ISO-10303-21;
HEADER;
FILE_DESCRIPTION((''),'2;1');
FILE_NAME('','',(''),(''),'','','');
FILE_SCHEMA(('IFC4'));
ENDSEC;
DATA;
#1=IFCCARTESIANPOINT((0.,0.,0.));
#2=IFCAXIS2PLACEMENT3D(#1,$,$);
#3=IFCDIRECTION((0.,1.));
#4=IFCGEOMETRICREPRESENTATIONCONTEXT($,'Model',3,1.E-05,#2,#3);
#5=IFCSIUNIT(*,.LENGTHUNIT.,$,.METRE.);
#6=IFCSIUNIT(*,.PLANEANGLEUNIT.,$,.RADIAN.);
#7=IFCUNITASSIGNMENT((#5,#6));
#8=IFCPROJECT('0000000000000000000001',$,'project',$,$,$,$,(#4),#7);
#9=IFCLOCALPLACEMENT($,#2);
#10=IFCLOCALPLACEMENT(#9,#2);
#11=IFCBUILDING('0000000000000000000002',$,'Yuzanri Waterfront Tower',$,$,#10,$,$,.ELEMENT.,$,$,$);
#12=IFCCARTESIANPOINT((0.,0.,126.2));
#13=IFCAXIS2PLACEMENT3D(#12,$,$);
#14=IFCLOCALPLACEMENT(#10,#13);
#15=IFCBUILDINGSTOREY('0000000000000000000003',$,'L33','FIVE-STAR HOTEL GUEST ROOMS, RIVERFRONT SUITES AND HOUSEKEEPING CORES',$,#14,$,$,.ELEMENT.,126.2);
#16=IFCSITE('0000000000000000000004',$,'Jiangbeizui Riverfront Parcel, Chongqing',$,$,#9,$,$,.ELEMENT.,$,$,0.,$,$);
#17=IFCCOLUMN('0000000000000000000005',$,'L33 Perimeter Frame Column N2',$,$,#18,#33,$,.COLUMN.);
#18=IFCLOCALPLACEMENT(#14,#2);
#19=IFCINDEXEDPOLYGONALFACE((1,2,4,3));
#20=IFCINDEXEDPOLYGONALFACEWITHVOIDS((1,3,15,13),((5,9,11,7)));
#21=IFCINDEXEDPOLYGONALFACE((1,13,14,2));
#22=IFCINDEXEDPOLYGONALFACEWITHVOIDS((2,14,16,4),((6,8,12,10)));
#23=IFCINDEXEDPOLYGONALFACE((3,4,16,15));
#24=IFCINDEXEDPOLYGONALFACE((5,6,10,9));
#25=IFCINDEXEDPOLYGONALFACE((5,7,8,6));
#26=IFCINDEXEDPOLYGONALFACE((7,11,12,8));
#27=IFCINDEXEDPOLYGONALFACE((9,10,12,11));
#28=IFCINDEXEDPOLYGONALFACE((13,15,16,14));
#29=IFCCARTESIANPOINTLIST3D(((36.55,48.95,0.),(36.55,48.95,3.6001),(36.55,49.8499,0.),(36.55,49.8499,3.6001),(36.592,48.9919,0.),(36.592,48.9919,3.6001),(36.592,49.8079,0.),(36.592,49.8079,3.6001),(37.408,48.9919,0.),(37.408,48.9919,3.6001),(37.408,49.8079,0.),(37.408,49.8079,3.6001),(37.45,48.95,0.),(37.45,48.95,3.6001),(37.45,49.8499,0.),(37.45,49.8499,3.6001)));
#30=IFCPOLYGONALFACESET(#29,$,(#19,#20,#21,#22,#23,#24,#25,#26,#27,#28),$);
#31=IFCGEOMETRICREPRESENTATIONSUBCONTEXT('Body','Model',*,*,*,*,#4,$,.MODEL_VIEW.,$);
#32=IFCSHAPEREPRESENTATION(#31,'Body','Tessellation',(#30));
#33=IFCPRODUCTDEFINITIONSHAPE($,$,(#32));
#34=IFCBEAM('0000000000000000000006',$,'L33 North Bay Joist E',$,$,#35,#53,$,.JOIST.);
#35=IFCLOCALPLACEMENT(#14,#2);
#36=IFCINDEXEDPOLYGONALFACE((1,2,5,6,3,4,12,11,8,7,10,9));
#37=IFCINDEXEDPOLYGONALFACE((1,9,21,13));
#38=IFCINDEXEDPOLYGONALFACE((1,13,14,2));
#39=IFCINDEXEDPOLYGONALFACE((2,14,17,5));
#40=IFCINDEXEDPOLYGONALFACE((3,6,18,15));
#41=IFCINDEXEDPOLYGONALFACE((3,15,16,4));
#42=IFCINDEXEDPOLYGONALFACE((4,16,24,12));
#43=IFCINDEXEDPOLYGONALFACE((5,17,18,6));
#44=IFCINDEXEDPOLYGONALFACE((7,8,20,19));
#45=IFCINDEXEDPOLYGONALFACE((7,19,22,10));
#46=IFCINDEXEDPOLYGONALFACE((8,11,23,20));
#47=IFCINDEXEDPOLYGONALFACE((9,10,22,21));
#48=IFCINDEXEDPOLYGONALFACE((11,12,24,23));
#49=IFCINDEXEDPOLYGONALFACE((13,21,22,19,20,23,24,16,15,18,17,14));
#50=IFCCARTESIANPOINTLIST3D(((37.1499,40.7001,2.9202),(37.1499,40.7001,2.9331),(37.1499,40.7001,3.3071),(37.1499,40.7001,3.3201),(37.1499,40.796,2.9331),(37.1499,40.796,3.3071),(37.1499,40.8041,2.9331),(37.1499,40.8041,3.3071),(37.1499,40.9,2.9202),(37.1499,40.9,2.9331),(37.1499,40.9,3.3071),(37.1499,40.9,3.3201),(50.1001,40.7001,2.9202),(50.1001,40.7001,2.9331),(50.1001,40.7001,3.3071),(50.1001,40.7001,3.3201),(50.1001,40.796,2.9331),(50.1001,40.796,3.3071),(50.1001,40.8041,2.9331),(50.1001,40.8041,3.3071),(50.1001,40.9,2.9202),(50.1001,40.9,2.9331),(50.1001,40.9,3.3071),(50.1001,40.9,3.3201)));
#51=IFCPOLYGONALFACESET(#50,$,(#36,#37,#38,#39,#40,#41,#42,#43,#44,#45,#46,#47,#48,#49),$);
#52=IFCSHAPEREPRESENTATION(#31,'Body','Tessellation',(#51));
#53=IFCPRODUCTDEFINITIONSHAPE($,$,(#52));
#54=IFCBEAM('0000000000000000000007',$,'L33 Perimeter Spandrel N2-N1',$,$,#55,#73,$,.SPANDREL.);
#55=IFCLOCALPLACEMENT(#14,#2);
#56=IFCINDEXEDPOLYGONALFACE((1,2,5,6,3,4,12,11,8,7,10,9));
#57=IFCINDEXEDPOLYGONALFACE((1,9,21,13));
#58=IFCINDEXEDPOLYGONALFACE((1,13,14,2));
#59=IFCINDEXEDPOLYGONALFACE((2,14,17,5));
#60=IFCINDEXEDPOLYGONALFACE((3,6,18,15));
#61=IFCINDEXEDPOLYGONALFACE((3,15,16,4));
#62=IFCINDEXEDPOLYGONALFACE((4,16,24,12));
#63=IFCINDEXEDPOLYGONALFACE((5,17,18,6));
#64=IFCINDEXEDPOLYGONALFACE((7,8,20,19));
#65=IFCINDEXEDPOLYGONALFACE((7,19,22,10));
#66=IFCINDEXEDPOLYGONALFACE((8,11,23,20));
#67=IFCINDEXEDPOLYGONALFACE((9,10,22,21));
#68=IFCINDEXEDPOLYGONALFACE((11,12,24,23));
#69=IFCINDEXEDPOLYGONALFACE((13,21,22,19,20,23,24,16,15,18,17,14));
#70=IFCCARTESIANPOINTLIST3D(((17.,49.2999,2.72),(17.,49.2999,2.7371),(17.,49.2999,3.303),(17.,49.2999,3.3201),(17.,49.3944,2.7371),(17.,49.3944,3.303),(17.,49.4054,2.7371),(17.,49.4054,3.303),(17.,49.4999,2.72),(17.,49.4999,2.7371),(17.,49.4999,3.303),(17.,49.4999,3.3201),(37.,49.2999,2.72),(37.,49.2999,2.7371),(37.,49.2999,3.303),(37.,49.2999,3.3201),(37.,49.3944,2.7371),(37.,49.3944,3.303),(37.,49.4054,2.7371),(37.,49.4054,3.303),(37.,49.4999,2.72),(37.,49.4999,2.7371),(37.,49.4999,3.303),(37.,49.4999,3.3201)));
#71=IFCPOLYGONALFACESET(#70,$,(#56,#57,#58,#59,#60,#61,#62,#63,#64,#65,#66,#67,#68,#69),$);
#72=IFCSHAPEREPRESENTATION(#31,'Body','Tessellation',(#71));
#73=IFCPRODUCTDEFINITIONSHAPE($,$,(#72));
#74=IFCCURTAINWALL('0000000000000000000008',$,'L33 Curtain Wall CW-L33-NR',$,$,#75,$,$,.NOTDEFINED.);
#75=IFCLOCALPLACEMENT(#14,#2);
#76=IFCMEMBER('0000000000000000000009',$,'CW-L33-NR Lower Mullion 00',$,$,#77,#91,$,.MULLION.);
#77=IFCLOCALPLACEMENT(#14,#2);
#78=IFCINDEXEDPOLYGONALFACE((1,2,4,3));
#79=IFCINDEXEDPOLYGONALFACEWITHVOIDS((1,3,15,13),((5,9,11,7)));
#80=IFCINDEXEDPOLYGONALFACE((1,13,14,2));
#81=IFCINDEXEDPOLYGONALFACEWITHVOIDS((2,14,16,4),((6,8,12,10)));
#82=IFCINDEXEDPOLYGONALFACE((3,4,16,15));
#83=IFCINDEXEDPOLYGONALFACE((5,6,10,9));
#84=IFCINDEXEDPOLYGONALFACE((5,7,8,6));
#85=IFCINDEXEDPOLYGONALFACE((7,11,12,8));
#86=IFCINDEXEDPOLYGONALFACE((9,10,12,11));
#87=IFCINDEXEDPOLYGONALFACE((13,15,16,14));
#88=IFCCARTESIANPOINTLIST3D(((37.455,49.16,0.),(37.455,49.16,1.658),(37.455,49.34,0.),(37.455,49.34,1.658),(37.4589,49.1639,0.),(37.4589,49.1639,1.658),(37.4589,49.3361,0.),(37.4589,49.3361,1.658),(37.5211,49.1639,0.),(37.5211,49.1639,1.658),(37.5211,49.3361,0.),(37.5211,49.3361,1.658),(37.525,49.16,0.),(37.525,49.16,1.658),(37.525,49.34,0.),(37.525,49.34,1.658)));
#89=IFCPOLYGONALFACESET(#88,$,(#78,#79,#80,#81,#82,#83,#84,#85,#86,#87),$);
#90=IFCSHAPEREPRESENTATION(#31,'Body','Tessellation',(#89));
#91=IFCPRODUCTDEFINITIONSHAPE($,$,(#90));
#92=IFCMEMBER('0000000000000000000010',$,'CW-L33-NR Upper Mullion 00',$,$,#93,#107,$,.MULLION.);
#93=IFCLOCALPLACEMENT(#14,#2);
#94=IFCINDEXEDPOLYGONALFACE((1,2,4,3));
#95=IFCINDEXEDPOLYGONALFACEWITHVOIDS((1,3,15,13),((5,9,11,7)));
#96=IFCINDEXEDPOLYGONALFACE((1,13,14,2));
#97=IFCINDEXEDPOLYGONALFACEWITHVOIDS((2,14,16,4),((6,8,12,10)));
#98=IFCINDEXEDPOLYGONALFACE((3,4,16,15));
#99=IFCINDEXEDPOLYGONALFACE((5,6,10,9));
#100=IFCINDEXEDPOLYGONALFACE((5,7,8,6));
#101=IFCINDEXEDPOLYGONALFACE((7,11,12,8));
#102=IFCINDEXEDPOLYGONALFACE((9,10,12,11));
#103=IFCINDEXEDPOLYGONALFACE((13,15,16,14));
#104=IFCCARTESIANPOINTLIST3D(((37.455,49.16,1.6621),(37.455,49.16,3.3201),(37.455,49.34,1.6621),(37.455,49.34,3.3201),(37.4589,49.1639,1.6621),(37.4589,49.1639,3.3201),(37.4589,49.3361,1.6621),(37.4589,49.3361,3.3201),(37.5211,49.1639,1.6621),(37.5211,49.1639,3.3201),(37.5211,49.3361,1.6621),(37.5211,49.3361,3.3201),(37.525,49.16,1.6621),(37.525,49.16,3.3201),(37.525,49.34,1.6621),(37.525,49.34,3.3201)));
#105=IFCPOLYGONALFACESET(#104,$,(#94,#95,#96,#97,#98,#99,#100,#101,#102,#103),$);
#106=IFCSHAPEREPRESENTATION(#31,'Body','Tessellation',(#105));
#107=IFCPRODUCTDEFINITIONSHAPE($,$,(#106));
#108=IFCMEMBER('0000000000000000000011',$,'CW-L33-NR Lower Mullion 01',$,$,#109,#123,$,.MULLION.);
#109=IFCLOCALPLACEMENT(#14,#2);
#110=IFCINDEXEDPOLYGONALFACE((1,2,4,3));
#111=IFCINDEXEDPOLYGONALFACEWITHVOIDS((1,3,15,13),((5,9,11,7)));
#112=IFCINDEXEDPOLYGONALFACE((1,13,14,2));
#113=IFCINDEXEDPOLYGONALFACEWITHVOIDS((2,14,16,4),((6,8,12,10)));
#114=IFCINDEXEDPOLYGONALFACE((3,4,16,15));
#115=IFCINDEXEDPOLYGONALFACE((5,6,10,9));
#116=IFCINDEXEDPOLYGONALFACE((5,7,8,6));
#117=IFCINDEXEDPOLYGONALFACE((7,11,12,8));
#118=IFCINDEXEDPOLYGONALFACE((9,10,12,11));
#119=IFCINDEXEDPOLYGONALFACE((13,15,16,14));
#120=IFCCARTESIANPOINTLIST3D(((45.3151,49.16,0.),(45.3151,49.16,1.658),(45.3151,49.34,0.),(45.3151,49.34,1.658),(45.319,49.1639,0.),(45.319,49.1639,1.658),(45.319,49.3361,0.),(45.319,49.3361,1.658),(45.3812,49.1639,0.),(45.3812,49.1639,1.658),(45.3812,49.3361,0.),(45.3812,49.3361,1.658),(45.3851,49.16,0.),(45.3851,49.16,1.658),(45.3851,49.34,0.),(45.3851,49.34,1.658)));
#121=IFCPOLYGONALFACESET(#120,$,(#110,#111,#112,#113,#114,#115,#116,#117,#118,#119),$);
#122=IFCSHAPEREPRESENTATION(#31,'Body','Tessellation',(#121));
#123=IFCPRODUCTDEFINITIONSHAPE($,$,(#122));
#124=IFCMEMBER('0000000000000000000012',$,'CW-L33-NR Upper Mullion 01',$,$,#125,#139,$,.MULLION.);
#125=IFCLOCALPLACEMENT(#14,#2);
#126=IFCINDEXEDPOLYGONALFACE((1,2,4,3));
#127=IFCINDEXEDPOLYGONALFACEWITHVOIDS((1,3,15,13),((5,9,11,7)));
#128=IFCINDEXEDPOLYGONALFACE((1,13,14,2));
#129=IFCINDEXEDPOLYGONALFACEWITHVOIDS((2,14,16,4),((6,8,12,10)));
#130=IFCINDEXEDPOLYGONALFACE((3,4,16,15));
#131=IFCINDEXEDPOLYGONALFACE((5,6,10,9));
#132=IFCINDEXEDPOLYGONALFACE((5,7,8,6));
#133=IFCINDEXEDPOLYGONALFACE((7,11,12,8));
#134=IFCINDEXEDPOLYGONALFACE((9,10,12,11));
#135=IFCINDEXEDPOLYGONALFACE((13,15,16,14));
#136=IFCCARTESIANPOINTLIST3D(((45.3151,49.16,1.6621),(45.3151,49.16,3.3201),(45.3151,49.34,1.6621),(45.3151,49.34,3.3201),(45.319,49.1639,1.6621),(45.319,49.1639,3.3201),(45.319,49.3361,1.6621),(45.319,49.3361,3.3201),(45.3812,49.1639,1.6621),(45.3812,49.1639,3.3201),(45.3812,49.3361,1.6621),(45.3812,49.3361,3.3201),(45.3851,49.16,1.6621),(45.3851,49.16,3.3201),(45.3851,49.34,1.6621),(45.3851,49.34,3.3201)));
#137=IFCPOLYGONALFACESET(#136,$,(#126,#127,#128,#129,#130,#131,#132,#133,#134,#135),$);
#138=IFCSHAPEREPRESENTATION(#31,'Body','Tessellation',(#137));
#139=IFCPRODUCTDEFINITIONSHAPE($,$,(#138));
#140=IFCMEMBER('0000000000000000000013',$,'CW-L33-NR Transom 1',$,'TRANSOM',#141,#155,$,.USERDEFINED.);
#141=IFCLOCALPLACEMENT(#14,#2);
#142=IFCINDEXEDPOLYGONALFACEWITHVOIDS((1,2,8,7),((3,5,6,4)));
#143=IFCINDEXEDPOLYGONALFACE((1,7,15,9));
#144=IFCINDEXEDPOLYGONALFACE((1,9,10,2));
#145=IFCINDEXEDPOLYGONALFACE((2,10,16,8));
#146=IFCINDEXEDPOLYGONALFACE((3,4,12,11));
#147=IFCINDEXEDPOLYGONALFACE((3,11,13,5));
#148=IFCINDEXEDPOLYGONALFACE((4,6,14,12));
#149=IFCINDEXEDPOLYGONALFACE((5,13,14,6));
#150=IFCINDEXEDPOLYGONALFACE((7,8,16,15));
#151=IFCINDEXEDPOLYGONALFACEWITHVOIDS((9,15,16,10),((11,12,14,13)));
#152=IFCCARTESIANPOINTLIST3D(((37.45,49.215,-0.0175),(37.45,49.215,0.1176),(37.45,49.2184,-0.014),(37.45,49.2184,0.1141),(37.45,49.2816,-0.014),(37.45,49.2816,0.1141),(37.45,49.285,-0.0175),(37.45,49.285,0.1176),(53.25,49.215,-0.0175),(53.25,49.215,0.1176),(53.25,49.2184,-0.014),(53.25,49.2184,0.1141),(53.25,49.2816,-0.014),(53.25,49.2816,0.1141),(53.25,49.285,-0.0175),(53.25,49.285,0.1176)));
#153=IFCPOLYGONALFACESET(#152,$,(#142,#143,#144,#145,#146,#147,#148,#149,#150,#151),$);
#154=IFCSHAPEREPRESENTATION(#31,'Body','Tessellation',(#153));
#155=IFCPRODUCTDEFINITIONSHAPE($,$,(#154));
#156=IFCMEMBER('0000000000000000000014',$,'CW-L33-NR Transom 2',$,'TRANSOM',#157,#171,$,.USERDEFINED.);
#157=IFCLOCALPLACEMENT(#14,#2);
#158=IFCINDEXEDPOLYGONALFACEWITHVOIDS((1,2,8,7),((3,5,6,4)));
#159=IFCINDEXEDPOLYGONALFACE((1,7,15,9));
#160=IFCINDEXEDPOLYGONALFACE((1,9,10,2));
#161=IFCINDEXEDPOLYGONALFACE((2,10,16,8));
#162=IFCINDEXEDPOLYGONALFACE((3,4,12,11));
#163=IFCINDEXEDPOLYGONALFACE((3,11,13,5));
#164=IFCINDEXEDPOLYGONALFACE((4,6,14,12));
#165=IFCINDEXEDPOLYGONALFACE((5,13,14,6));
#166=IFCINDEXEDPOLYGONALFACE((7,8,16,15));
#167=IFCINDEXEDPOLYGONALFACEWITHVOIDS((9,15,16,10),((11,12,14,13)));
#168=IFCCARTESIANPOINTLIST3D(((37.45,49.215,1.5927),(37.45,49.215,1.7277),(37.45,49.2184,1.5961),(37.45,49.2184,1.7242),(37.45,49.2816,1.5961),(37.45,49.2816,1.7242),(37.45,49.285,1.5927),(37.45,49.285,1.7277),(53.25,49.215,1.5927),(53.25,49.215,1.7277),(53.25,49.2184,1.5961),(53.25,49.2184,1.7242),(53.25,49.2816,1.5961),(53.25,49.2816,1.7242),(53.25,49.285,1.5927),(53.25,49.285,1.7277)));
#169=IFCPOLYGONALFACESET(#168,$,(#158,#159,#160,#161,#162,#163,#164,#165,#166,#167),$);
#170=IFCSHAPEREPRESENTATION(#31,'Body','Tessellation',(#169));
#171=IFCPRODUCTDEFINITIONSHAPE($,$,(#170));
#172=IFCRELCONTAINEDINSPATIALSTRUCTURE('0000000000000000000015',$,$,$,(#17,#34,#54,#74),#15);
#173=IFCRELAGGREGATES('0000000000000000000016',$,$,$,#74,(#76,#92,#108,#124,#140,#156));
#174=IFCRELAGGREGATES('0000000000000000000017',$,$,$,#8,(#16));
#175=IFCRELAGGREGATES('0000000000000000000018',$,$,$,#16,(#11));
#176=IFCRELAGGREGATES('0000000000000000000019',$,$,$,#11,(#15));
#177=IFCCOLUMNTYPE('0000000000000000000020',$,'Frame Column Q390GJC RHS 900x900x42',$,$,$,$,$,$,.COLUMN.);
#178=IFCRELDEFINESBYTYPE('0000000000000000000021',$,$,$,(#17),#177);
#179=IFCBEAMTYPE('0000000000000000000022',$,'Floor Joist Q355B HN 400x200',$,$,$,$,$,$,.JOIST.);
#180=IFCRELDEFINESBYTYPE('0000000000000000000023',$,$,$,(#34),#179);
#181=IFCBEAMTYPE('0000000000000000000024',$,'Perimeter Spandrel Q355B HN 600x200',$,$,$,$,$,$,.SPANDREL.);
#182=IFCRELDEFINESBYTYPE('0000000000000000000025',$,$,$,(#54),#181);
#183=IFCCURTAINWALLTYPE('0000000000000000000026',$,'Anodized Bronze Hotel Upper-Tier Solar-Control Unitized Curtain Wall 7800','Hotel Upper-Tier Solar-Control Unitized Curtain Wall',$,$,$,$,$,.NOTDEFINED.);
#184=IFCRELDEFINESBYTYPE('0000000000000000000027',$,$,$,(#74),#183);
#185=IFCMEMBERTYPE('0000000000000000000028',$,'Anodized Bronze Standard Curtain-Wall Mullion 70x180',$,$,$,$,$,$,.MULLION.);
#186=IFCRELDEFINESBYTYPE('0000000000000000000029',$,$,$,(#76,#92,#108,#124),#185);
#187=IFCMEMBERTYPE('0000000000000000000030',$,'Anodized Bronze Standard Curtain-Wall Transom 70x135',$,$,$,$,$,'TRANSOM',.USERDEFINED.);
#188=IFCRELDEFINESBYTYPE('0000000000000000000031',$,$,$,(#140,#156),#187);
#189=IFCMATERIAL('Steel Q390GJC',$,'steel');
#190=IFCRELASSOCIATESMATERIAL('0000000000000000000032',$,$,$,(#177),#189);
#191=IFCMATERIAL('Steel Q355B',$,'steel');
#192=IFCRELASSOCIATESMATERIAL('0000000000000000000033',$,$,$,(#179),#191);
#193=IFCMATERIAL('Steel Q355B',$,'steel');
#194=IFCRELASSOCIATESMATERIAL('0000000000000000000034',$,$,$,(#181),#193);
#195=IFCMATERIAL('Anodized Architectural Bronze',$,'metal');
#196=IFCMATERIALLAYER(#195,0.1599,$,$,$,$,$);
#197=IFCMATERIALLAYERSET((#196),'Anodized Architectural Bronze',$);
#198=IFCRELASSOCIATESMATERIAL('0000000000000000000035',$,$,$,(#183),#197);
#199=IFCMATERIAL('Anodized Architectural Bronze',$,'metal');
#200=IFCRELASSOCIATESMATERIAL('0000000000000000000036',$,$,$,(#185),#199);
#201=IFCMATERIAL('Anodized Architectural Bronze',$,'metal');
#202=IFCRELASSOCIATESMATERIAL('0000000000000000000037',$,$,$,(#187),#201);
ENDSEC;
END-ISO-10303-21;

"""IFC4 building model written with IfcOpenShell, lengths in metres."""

from ifc_helpers import new_model, si_unit, direction, frame, origin, origin_2d, place, context, subcontext, project, spatial, hollow_rectangle, i_section, extrude, source, transform, mapped, material, layer, layer_set, material_profile, profile_set, type_object, element, aggregate, save


model = new_model("IFC4")

# Units and contexts
model_context = context("Model", 3, precision=1e-05, world=origin(), true_north=direction((0.0, 1.0)))
body_context = subcontext(model_context, "Body", "Model", "MODEL_VIEW")
ifc_project = project(units=[si_unit("LENGTHUNIT", "METRE"), si_unit("PLANEANGLEUNIT", "RADIAN")], contexts=[model_context])

# Site, building, storey
site_placement = place(None, origin())
site = spatial("IfcSite", under=ifc_project, at=site_placement, Name="Jiangbeizui Riverfront Parcel, Chongqing", CompositionType="ELEMENT", RefElevation=0.0)
building_placement = place(site_placement, origin())
building = spatial("IfcBuilding", under=site, at=building_placement, Name="Yuzanri Waterfront Tower", CompositionType="ELEMENT")
storey_placement = place(building_placement, frame((0.0, 0.0, 126.2)))
storey = spatial("IfcBuildingStorey", under=building, at=storey_placement, Name="L33", Description="FIVE-STAR HOTEL GUEST ROOMS, RIVERFRONT SUITES AND HOUSEKEEPING CORES", CompositionType="ELEMENT", Elevation=126.2)

# Column
ifc_material_1 = material(Name="Steel Q390GJC", Category="steel")
ifc_material_profile_1 = material_profile(ifc_material_1, hollow_rectangle(XDim=0.8999, YDim=0.8999, WallThickness=0.042, at=origin_2d()), Name="RHS 900x900x42")
ifc_profile_set_1 = profile_set([ifc_material_profile_1], Name="Steel Q390GJC")
column_type = type_object("IfcColumnType", Name="Frame Column Q390GJC RHS 900x900x42", PredefinedType="COLUMN", material=ifc_profile_set_1)
shared_shape_1 = source(origin(), body_context, "Body", "SweptSolid", [
    extrude(hollow_rectangle(XDim=0.8999, YDim=0.8999, WallThickness=0.042, at=origin_2d()), origin(), (0.0, 0.0, 1.0), 3.6001),
])
column_placement = place(storey_placement, frame((37.0, 49.3999, 0.0), z_axis=(0.0, 0.0, 1.0), x_axis=(1.0, 0.0, 0.0)))
element("IfcColumn", 1, at=column_placement, inside=storey, type_object=column_type, Name="L33 Perimeter Frame Column N2", PredefinedType="COLUMN", context=body_context, shape_type="MappedRepresentation", body=[
    mapped(shared_shape_1, transform((0.0, 0.0, 0.0), scale=1.0)),
])

# Beams
ifc_material_2 = material(Name="Steel Q355B", Category="steel")
ifc_material_profile_2 = material_profile(ifc_material_2, i_section(OverallWidth=0.2, OverallDepth=0.3999, WebThickness=0.0081, FlangeThickness=0.0129, at=origin_2d()), Name="HN 400x200x8x13")
ifc_profile_set_2 = profile_set([ifc_material_profile_2], Name="Steel Q355B")
beam_type_1 = type_object("IfcBeamType", Name="Floor Joist Q355B HN 400x200", PredefinedType="JOIST", material=ifc_profile_set_2)
shared_shape_2 = source(origin(), body_context, "Body", "SweptSolid", [
    extrude(i_section(OverallWidth=0.2, OverallDepth=0.3999, WebThickness=0.0081, FlangeThickness=0.0129, at=origin_2d()), origin(), (0.0, 0.0, 1.0), 12.9502),
])
beam_1_placement = place(storey_placement, frame((37.1499, 40.8, 3.1201), z_axis=(1.0, 0.0, 0.0), x_axis=(0.0, 1.0, 0.0)))
element("IfcBeam", 2, at=beam_1_placement, inside=storey, type_object=beam_type_1, Name="L33 North Bay Joist E", PredefinedType="JOIST", context=body_context, shape_type="MappedRepresentation", body=[
    mapped(shared_shape_2, transform((0.0, 0.0, 0.0), scale=1.0)),
])
ifc_material_3 = material(Name="Steel Q355B", Category="steel")
ifc_material_profile_3 = material_profile(ifc_material_3, i_section(OverallWidth=0.2, OverallDepth=0.6001, WebThickness=0.011, FlangeThickness=0.0171, at=origin_2d()), Name="HN 600x200x11x17")
ifc_profile_set_3 = profile_set([ifc_material_profile_3], Name="Steel Q355B")
beam_type_2 = type_object("IfcBeamType", Name="Perimeter Spandrel Q355B HN 600x200", PredefinedType="SPANDREL", material=ifc_profile_set_3)
shared_shape_3 = source(origin(), body_context, "Body", "SweptSolid", [
    extrude(i_section(OverallWidth=0.2, OverallDepth=0.6001, WebThickness=0.011, FlangeThickness=0.0171, at=origin_2d()), origin(), (0.0, 0.0, 1.0), 20.0),
])
beam_2_placement = place(storey_placement, frame((37.0, 49.3999, 3.02), z_axis=(-1.0, 0.0, 0.0), x_axis=(0.0, -1.0, 0.0)))
element("IfcBeam", 3, at=beam_2_placement, inside=storey, type_object=beam_type_2, Name="L33 Perimeter Spandrel N2-N1", PredefinedType="SPANDREL", context=body_context, shape_type="MappedRepresentation", body=[
    mapped(shared_shape_3, transform((0.0, 0.0, 0.0), scale=1.0)),
])

# Curtain wall, members
ifc_material_4 = material(Name="Anodized Architectural Bronze", Category="metal")
ifc_layer_1 = layer(ifc_material_4, 0.1599)
ifc_layer_set_1 = layer_set([ifc_layer_1], Name="Anodized Architectural Bronze")
curtain_wall_type = type_object("IfcCurtainWallType", Name="Anodized Bronze Hotel Upper-Tier Solar-Control Unitized Curtain Wall 7800", Description="Hotel Upper-Tier Solar-Control Unitized Curtain Wall", PredefinedType="NOTDEFINED", material=ifc_layer_set_1)
curtain_wall_placement = place(storey_placement, origin())
curtain_wall = element("IfcCurtainWall", 4, at=curtain_wall_placement, inside=storey, type_object=curtain_wall_type, Name="L33 Curtain Wall CW-L33-NR", PredefinedType="NOTDEFINED")
ifc_material_5 = material(Name="Anodized Architectural Bronze", Category="metal")
ifc_material_profile_4 = material_profile(ifc_material_5, hollow_rectangle(XDim=0.0701, YDim=0.1799, WallThickness=0.0039, at=origin_2d()), Name="CWM 70x180")
ifc_profile_set_4 = profile_set([ifc_material_profile_4], Name="Anodized Architectural Bronze")
member_type_1 = type_object("IfcMemberType", Name="Anodized Bronze Standard Curtain-Wall Mullion 70x180", PredefinedType="MULLION", material=ifc_profile_set_4)
shared_shape_4 = source(origin(), body_context, "Body", "SweptSolid", [
    extrude(hollow_rectangle(XDim=0.0701, YDim=0.1799, WallThickness=0.0039, at=origin_2d()), origin(), (0.0, 0.0, 1.0), 1.658),
])
member_1_placement = place(storey_placement, frame((37.49, 49.25, 0.0), z_axis=(0.0, 0.0, 1.0), x_axis=(1.0, 0.0, 0.0)))
member_1 = element("IfcMember", 5, at=member_1_placement, type_object=member_type_1, Name="CW-L33-NR Lower Mullion 00", PredefinedType="MULLION", context=body_context, shape_type="MappedRepresentation", body=[
    mapped(shared_shape_4, transform((0.0, 0.0, 0.0), scale=1.0)),
])
member_2_placement = place(storey_placement, frame((37.49, 49.25, 1.6621), z_axis=(0.0, 0.0, 1.0), x_axis=(1.0, 0.0, 0.0)))
member_2 = element("IfcMember", 6, at=member_2_placement, type_object=member_type_1, Name="CW-L33-NR Upper Mullion 00", PredefinedType="MULLION", context=body_context, shape_type="MappedRepresentation", body=[
    mapped(shared_shape_4, transform((0.0, 0.0, 0.0), scale=1.0)),
])
member_3_placement = place(storey_placement, frame((45.3501, 49.25, 0.0), z_axis=(0.0, 0.0, 1.0), x_axis=(1.0, 0.0, 0.0)))
member_3 = element("IfcMember", 7, at=member_3_placement, type_object=member_type_1, Name="CW-L33-NR Lower Mullion 01", PredefinedType="MULLION", context=body_context, shape_type="MappedRepresentation", body=[
    mapped(shared_shape_4, transform((0.0, 0.0, 0.0), scale=1.0)),
])
member_4_placement = place(storey_placement, frame((45.3501, 49.25, 1.6621), z_axis=(0.0, 0.0, 1.0), x_axis=(1.0, 0.0, 0.0)))
member_4 = element("IfcMember", 8, at=member_4_placement, type_object=member_type_1, Name="CW-L33-NR Upper Mullion 01", PredefinedType="MULLION", context=body_context, shape_type="MappedRepresentation", body=[
    mapped(shared_shape_4, transform((0.0, 0.0, 0.0), scale=1.0)),
])
ifc_material_6 = material(Name="Anodized Architectural Bronze", Category="metal")
ifc_material_profile_5 = material_profile(ifc_material_6, hollow_rectangle(XDim=0.0701, YDim=0.135, WallThickness=0.0034, at=origin_2d()), Name="CWT 70x135")
ifc_profile_set_5 = profile_set([ifc_material_profile_5], Name="Anodized Architectural Bronze")
member_type_2 = type_object("IfcMemberType", Name="Anodized Bronze Standard Curtain-Wall Transom 70x135", ElementType="TRANSOM", PredefinedType="USERDEFINED", material=ifc_profile_set_5)
shared_shape_5 = source(origin(), body_context, "Body", "SweptSolid", [
    extrude(hollow_rectangle(XDim=0.0701, YDim=0.135, WallThickness=0.0034, at=origin_2d()), origin(), (0.0, 0.0, 1.0), 15.8),
])
member_5_placement = place(storey_placement, frame((37.45, 49.25, 0.05), z_axis=(1.0, 0.0, 0.0), x_axis=(0.0, 1.0, 0.0)))
member_5 = element("IfcMember", 9, at=member_5_placement, type_object=member_type_2, Name="CW-L33-NR Transom 1", ObjectType="TRANSOM", PredefinedType="USERDEFINED", context=body_context, shape_type="MappedRepresentation", body=[
    mapped(shared_shape_5, transform((0.0, 0.0, 0.0), scale=1.0)),
])
member_6_placement = place(storey_placement, frame((37.45, 49.25, 1.6602), z_axis=(1.0, 0.0, 0.0), x_axis=(0.0, 1.0, 0.0)))
member_6 = element("IfcMember", 10, at=member_6_placement, type_object=member_type_2, Name="CW-L33-NR Transom 2", ObjectType="TRANSOM", PredefinedType="USERDEFINED", context=body_context, shape_type="MappedRepresentation", body=[
    mapped(shared_shape_5, transform((0.0, 0.0, 0.0), scale=1.0)),
])
aggregate(curtain_wall, [member_1, member_2, member_3, member_4, member_5, member_6])

save(model, "model.ifc")
